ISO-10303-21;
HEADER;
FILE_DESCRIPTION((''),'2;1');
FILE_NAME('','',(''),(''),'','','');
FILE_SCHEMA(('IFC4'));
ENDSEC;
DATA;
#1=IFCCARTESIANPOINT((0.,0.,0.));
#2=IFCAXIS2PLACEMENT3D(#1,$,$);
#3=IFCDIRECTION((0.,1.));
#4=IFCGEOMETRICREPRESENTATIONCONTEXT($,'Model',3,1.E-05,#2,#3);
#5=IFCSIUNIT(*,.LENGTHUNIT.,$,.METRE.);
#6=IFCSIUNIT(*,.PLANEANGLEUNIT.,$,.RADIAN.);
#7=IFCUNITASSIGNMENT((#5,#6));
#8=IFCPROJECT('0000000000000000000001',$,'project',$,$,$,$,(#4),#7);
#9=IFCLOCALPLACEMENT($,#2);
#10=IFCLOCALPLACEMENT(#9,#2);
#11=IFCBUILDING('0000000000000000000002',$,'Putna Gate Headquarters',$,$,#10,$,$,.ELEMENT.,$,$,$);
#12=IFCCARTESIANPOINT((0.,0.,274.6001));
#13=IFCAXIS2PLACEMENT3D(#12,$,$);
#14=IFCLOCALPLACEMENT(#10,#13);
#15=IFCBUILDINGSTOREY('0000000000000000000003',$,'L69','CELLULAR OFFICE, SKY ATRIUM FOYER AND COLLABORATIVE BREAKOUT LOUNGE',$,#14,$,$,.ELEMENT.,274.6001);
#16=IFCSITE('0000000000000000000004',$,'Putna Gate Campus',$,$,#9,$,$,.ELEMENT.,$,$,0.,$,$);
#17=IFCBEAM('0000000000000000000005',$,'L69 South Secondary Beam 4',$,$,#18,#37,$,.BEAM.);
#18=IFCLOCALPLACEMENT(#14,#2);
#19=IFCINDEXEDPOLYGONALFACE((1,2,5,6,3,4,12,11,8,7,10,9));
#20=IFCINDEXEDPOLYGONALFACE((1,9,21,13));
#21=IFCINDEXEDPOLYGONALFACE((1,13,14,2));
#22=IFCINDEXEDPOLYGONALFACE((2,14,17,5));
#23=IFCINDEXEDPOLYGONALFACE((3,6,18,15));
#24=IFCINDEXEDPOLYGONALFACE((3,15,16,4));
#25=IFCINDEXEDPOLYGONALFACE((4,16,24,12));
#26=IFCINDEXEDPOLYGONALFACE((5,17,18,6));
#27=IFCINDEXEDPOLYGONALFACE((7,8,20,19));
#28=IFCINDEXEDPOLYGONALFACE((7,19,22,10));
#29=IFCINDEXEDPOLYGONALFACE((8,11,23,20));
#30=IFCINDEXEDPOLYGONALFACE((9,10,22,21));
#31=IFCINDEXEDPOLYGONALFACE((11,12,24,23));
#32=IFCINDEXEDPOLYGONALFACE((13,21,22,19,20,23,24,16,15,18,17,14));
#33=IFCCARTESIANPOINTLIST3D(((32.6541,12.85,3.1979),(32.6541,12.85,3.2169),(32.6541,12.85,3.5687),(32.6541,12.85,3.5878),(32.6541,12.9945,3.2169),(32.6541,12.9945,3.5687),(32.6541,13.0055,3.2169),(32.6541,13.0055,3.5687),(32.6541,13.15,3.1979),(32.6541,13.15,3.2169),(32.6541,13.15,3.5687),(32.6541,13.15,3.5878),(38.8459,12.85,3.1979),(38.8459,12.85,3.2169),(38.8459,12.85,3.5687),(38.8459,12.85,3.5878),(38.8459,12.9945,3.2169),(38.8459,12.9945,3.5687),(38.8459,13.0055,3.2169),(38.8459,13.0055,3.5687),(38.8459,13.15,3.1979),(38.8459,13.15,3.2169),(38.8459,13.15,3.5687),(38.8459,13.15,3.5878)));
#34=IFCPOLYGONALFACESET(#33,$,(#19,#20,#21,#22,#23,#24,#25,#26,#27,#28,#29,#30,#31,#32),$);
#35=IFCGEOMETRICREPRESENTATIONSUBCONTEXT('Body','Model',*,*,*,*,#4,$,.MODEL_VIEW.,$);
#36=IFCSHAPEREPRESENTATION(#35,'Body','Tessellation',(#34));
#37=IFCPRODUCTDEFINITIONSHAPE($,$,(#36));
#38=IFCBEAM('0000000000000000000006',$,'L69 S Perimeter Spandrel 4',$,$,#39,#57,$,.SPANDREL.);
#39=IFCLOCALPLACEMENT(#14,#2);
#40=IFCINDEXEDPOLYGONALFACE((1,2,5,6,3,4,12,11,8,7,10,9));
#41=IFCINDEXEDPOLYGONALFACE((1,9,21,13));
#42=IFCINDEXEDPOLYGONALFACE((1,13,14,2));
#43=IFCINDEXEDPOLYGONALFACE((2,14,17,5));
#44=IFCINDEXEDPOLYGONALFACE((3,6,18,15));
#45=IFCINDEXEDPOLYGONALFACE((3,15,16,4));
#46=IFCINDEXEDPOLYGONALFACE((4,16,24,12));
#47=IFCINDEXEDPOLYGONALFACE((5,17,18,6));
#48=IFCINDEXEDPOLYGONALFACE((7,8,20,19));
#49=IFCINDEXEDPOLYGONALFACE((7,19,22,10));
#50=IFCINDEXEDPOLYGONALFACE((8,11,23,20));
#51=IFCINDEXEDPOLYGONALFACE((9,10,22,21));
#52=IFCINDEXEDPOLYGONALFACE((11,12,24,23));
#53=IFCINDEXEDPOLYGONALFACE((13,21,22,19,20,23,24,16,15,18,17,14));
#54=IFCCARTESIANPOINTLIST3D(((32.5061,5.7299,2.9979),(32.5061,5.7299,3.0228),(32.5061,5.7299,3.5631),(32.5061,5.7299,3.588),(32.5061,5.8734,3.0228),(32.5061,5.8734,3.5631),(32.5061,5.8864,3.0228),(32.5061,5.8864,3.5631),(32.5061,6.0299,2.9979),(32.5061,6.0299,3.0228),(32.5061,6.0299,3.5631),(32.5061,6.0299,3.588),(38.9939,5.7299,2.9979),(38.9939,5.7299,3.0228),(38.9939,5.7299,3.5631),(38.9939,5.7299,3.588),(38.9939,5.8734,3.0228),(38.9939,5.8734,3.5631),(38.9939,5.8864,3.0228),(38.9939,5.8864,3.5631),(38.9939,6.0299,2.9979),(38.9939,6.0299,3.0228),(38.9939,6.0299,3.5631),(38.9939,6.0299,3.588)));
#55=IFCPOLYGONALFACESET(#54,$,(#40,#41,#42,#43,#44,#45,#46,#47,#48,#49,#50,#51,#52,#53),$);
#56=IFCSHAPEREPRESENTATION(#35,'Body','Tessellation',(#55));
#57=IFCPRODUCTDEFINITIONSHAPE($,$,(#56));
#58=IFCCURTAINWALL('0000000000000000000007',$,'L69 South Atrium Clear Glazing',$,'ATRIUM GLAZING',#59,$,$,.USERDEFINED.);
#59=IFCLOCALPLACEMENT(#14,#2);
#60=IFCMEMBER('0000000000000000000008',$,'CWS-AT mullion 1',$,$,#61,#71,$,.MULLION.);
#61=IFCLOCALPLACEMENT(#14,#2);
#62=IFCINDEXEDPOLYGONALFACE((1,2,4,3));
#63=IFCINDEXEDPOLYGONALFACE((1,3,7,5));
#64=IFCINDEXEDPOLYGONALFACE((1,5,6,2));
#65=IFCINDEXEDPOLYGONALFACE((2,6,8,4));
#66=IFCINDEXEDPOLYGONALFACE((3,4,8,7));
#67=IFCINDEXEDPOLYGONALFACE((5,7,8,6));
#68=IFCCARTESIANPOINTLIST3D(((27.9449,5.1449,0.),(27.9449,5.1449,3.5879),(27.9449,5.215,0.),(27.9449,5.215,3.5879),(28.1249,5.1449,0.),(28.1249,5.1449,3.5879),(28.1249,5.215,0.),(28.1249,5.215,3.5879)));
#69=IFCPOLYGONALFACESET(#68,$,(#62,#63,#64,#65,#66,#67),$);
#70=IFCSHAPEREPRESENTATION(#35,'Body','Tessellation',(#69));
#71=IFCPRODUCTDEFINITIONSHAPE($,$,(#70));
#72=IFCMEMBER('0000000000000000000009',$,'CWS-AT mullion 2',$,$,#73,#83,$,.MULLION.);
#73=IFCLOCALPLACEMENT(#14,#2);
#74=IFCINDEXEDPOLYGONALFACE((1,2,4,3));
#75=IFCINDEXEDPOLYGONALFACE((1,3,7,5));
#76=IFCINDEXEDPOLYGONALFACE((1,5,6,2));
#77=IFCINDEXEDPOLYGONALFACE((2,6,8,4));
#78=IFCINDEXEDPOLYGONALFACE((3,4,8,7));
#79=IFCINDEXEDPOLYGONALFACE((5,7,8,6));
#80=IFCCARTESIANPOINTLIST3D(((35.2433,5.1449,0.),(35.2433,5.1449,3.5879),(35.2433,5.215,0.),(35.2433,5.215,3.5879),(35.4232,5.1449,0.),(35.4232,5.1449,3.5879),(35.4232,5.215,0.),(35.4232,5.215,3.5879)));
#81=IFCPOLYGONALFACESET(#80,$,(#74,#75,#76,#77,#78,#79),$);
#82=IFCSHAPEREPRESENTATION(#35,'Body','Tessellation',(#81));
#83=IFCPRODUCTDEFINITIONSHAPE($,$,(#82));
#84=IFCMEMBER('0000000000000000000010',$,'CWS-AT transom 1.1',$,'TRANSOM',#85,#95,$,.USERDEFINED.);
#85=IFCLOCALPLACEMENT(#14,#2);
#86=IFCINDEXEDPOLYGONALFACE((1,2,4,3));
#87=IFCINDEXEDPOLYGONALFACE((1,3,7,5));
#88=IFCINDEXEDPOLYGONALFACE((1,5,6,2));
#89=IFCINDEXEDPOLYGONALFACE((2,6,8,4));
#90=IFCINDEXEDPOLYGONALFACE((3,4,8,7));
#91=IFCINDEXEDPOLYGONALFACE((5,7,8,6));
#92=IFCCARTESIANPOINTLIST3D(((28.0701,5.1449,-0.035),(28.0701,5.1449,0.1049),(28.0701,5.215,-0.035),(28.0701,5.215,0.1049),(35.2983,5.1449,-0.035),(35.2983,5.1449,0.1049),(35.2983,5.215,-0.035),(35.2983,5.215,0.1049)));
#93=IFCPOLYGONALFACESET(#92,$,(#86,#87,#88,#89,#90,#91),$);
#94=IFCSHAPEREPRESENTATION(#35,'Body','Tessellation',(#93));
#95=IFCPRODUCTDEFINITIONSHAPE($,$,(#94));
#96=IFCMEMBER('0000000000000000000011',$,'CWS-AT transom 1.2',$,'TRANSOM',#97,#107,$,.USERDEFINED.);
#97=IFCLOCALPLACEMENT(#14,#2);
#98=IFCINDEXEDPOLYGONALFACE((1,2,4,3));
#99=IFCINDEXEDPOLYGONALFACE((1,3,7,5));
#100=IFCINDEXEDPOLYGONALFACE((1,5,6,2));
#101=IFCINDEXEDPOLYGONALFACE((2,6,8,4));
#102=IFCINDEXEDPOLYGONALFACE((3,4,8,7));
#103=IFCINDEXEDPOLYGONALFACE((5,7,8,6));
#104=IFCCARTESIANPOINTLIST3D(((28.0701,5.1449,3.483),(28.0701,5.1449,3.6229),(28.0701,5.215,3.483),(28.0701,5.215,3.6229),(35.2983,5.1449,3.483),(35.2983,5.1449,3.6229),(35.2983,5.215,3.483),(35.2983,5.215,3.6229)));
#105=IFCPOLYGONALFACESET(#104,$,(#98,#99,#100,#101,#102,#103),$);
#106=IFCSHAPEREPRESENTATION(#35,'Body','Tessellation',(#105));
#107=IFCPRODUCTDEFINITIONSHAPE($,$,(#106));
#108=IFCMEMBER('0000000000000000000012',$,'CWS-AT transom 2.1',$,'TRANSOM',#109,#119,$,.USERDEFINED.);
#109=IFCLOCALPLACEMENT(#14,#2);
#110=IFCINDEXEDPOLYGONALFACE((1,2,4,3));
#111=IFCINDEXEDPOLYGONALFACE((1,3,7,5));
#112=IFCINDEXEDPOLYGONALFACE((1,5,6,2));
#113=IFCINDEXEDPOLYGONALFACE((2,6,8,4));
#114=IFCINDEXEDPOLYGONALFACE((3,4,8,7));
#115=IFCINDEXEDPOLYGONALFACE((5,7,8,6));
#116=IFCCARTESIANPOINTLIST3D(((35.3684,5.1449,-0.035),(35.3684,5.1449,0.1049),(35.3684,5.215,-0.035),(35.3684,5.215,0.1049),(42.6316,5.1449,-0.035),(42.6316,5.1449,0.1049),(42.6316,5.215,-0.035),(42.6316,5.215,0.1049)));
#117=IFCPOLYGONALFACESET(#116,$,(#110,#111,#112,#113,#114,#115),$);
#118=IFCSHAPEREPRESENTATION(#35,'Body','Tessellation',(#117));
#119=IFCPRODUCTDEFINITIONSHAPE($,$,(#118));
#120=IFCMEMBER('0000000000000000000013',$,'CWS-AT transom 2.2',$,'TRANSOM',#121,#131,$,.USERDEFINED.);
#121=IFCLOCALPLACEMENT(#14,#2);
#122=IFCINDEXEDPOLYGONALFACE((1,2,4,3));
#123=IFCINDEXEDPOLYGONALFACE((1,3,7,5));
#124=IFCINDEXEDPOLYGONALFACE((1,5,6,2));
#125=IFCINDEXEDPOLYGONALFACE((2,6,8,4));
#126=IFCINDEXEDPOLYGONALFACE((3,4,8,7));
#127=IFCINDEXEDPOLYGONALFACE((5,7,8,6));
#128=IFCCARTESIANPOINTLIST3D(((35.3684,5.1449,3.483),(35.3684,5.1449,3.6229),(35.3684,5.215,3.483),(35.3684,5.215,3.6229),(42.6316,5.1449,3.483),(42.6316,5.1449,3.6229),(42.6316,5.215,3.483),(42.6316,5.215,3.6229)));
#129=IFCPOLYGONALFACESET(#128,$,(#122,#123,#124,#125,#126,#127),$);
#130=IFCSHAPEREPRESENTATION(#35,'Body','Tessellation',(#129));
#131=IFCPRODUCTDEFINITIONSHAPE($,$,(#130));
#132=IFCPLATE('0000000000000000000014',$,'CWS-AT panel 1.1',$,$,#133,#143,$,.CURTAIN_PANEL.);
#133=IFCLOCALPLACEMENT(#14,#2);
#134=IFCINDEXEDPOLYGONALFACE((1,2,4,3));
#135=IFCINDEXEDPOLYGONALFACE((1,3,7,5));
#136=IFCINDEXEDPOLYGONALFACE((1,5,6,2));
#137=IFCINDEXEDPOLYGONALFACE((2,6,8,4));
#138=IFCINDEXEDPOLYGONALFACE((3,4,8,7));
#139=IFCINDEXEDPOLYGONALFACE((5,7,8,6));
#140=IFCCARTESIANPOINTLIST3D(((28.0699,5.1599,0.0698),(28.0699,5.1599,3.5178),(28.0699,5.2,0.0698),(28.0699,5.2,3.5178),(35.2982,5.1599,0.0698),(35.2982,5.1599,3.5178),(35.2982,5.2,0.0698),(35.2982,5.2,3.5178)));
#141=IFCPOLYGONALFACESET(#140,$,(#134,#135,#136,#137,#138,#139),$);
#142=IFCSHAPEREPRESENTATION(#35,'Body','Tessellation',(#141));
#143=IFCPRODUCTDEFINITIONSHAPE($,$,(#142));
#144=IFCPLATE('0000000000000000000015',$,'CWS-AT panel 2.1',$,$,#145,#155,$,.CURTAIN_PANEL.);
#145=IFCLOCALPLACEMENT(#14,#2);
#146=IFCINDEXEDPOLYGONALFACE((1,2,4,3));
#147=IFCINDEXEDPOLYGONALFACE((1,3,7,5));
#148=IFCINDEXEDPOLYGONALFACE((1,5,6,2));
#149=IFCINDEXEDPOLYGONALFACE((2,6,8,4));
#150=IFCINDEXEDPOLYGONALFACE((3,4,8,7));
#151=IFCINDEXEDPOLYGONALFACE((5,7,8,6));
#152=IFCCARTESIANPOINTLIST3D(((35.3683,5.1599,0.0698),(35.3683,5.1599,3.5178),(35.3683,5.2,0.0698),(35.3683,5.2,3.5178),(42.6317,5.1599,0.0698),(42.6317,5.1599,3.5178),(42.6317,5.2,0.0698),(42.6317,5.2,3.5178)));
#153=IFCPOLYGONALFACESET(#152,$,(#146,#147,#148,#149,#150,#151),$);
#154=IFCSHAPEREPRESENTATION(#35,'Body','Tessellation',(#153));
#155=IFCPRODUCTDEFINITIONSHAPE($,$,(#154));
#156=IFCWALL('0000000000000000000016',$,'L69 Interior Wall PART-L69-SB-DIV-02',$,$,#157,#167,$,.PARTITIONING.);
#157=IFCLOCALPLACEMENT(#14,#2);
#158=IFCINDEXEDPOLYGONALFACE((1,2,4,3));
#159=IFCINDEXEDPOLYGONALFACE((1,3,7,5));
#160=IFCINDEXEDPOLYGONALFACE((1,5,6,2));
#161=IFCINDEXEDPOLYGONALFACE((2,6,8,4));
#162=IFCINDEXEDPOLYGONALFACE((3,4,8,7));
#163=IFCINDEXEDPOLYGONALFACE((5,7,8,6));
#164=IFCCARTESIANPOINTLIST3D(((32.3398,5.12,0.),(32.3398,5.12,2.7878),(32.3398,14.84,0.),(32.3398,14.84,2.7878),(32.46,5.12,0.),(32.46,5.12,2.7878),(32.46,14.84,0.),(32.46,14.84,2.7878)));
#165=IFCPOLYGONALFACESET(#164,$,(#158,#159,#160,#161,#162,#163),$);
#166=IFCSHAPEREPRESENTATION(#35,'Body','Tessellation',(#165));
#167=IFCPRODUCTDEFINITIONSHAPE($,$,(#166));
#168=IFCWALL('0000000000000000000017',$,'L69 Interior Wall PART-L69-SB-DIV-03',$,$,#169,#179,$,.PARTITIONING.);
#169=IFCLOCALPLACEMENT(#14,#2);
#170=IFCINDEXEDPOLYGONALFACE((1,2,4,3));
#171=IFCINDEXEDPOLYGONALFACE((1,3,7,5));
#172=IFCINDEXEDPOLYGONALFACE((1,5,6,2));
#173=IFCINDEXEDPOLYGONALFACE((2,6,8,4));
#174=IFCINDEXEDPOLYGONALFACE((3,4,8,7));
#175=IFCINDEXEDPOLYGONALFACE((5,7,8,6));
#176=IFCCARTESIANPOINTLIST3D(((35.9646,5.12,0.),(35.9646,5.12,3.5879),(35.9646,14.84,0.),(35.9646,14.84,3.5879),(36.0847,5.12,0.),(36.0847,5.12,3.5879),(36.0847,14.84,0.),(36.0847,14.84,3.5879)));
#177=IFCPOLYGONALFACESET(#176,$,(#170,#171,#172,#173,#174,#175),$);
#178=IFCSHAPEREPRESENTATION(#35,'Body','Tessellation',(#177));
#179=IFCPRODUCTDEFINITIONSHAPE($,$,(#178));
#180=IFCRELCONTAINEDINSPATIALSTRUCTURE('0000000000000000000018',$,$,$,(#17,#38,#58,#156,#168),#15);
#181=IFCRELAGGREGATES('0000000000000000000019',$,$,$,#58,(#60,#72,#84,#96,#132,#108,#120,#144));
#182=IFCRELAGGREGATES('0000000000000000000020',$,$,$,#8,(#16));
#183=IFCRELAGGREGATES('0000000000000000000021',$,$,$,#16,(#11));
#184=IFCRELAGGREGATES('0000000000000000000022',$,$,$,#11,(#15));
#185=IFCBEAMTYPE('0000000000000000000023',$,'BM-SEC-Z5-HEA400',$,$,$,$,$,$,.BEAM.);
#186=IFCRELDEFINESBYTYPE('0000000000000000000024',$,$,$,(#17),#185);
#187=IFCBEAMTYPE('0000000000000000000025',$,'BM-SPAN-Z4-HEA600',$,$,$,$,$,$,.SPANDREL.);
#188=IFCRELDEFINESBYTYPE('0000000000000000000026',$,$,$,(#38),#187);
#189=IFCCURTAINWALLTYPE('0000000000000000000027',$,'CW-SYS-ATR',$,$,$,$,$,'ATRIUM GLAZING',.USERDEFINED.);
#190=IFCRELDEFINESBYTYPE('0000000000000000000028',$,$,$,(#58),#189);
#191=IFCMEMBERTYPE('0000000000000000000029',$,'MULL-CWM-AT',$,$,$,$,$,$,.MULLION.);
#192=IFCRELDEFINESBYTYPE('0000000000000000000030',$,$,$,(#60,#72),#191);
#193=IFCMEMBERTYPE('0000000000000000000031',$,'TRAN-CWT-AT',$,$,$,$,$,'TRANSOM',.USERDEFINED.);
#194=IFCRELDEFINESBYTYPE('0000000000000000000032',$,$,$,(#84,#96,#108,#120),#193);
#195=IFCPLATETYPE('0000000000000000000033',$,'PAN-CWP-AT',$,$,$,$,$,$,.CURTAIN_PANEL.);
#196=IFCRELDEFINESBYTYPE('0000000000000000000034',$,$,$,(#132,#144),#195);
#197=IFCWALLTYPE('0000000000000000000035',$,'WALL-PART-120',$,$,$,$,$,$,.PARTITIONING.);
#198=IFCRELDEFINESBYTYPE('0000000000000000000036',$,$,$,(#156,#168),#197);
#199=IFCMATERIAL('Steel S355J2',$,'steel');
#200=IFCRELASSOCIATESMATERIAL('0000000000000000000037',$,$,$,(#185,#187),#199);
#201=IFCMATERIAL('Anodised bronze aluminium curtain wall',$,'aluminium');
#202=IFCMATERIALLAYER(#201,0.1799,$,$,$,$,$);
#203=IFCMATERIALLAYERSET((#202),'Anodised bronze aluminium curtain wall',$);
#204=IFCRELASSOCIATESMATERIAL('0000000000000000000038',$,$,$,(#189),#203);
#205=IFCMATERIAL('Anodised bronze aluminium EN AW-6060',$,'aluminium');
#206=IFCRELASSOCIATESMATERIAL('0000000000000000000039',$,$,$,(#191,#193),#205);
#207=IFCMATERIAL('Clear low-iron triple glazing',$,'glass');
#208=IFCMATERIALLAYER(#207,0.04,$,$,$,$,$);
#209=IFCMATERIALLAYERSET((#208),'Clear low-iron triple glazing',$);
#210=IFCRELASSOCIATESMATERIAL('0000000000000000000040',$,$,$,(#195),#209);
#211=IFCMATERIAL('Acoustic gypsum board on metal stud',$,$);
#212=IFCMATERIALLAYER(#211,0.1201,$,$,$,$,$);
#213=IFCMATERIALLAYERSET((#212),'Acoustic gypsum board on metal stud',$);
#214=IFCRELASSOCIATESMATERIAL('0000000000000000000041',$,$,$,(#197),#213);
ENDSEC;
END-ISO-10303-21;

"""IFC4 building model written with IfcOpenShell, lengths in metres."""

from ifc_helpers import new_model, si_unit, direction, frame, frame_2d, origin, origin_2d, place, context, subcontext, project, spatial, rectangle, i_section, extrude, material, layer, layer_set, material_profile, profile_set, type_object, element, aggregate, save


model = new_model("IFC4")

# Units and contexts
model_context = context("Model", 3, precision=1e-05, world=origin(), true_north=direction((0.0, 1.0)))
body_context = subcontext(model_context, "Body", "Model", "MODEL_VIEW")
ifc_project = project(units=[si_unit("LENGTHUNIT", "METRE"), si_unit("PLANEANGLEUNIT", "RADIAN")], contexts=[model_context])

# Site, building, storey
site_placement = place(None, origin())
site = spatial("IfcSite", under=ifc_project, at=site_placement, Name="Putna Gate Campus", CompositionType="ELEMENT", RefElevation=0.0)
building_placement = place(site_placement, origin())
building = spatial("IfcBuilding", under=site, at=building_placement, Name="Putna Gate Headquarters", CompositionType="ELEMENT")
storey_placement = place(building_placement, frame((0.0, 0.0, 274.6001)))
storey = spatial("IfcBuildingStorey", under=building, at=storey_placement, Name="L69", Description="CELLULAR OFFICE, SKY ATRIUM FOYER AND COLLABORATIVE BREAKOUT LOUNGE", CompositionType="ELEMENT", Elevation=274.6001)

# Beams
ifc_material_1 = material(Name="Steel S355J2", Category="steel")
ifc_material_profile_1 = material_profile(ifc_material_1, i_section(OverallWidth=0.3, OverallDepth=0.3899, WebThickness=0.011, FlangeThickness=0.019, at=origin_2d()), Name="Steel S355J2")
ifc_profile_set_1 = profile_set([ifc_material_profile_1], Name="Steel S355J2")
beam_type_1 = type_object("IfcBeamType", Name="BM-SEC-Z5-HEA400", PredefinedType="BEAM", material=ifc_profile_set_1)
beam_1_placement = place(storey_placement, frame((32.6541, 13.0, 3.3928), z_axis=(1.0, 0.0, 0.0), x_axis=(0.0, 1.0, 0.0)))
element("IfcBeam", 1, at=beam_1_placement, inside=storey, type_object=beam_type_1, Name="L69 South Secondary Beam 4", PredefinedType="BEAM", context=body_context, shape_type="SweptSolid", body=[
    extrude(i_section(OverallWidth=0.3, OverallDepth=0.3899, WebThickness=0.011, FlangeThickness=0.019, at=origin_2d()), origin(), (0.0, 0.0, 1.0), 6.1919),
])
ifc_material_profile_2 = material_profile(ifc_material_1, i_section(OverallWidth=0.3, OverallDepth=0.5901, WebThickness=0.0129, FlangeThickness=0.0249, at=origin_2d()), Name="Steel S355J2")
ifc_profile_set_2 = profile_set([ifc_material_profile_2], Name="Steel S355J2")
beam_type_2 = type_object("IfcBeamType", Name="BM-SPAN-Z4-HEA600", PredefinedType="SPANDREL", material=ifc_profile_set_2)
beam_2_placement = place(storey_placement, frame((32.5061, 5.8799, 3.293), z_axis=(1.0, 0.0, 0.0), x_axis=(0.0, 1.0, 0.0)))
element("IfcBeam", 2, at=beam_2_placement, inside=storey, type_object=beam_type_2, Name="L69 S Perimeter Spandrel 4", PredefinedType="SPANDREL", context=body_context, shape_type="SweptSolid", body=[
    extrude(i_section(OverallWidth=0.3, OverallDepth=0.5901, WebThickness=0.0129, FlangeThickness=0.0249, at=origin_2d()), origin(), (0.0, 0.0, 1.0), 6.4878),
])

# Curtain wall, members, plates
ifc_material_2 = material(Name="Anodised bronze aluminium curtain wall", Category="aluminium")
ifc_layer_1 = layer(ifc_material_2, 0.1799)
ifc_layer_set_1 = layer_set([ifc_layer_1], Name="Anodised bronze aluminium curtain wall")
curtain_wall_type = type_object("IfcCurtainWallType", Name="CW-SYS-ATR", ElementType="ATRIUM GLAZING", PredefinedType="USERDEFINED", material=ifc_layer_set_1)
curtain_wall_placement = place(storey_placement, origin())
curtain_wall = element("IfcCurtainWall", 3, at=curtain_wall_placement, inside=storey, type_object=curtain_wall_type, Name="L69 South Atrium Clear Glazing", ObjectType="ATRIUM GLAZING", PredefinedType="USERDEFINED")
ifc_material_3 = material(Name="Anodised bronze aluminium EN AW-6060", Category="aluminium")
ifc_material_profile_3 = material_profile(ifc_material_3, rectangle(XDim=0.0701, YDim=0.1799, at=origin_2d()), Name="Anodised bronze aluminium EN AW-6060")
ifc_profile_set_3 = profile_set([ifc_material_profile_3], Name="Anodised bronze aluminium EN AW-6060")
member_type_1 = type_object("IfcMemberType", Name="MULL-CWM-AT", PredefinedType="MULLION", material=ifc_profile_set_3)
member_1_placement = place(storey_placement, frame((28.0349, 5.1799, 0.0), z_axis=(0.0, 0.0, 1.0), x_axis=(0.0, 1.0, 0.0)))
member_1 = element("IfcMember", 4, at=member_1_placement, type_object=member_type_1, Name="CWS-AT mullion 1", PredefinedType="MULLION", context=body_context, shape_type="SweptSolid", body=[
    extrude(rectangle(XDim=0.0701, YDim=0.1799, at=origin_2d()), origin(), (0.0, 0.0, 1.0), 3.5879),
])
member_2_placement = place(storey_placement, frame((35.3333, 5.1799, 0.0), z_axis=(0.0, 0.0, 1.0), x_axis=(0.0, 1.0, 0.0)))
member_2 = element("IfcMember", 5, at=member_2_placement, type_object=member_type_1, Name="CWS-AT mullion 2", PredefinedType="MULLION", context=body_context, shape_type="SweptSolid", body=[
    extrude(rectangle(XDim=0.0701, YDim=0.1799, at=origin_2d()), origin(), (0.0, 0.0, 1.0), 3.5879),
])
ifc_material_profile_4 = material_profile(ifc_material_3, rectangle(XDim=0.0701, YDim=0.1399, at=origin_2d()), Name="Anodised bronze aluminium EN AW-6060")
ifc_profile_set_4 = profile_set([ifc_material_profile_4], Name="Anodised bronze aluminium EN AW-6060")
member_type_2 = type_object("IfcMemberType", Name="TRAN-CWT-AT", ElementType="TRANSOM", PredefinedType="USERDEFINED", material=ifc_profile_set_4)
member_3_placement = place(storey_placement, frame((28.0701, 5.1799, 0.0349), z_axis=(1.0, 0.0, 0.0), x_axis=(0.0, 1.0, 0.0)))
member_3 = element("IfcMember", 6, at=member_3_placement, type_object=member_type_2, Name="CWS-AT transom 1.1", ObjectType="TRANSOM", PredefinedType="USERDEFINED", context=body_context, shape_type="SweptSolid", body=[
    extrude(rectangle(XDim=0.0701, YDim=0.1399, at=origin_2d()), origin(), (0.0, 0.0, 1.0), 7.2283),
])
member_4_placement = place(storey_placement, frame((28.0701, 5.1799, 3.553), z_axis=(1.0, 0.0, 0.0), x_axis=(0.0, 1.0, 0.0)))
member_4 = element("IfcMember", 7, at=member_4_placement, type_object=member_type_2, Name="CWS-AT transom 1.2", ObjectType="TRANSOM", PredefinedType="USERDEFINED", context=body_context, shape_type="SweptSolid", body=[
    extrude(rectangle(XDim=0.0701, YDim=0.1399, at=origin_2d()), origin(), (0.0, 0.0, 1.0), 7.2283),
])
member_5_placement = place(storey_placement, frame((35.3684, 5.1799, 0.0349), z_axis=(1.0, 0.0, 0.0), x_axis=(0.0, 1.0, 0.0)))
member_5 = element("IfcMember", 8, at=member_5_placement, type_object=member_type_2, Name="CWS-AT transom 2.1", ObjectType="TRANSOM", PredefinedType="USERDEFINED", context=body_context, shape_type="SweptSolid", body=[
    extrude(rectangle(XDim=0.0701, YDim=0.1399, at=origin_2d()), origin(), (0.0, 0.0, 1.0), 7.2632),
])
member_6_placement = place(storey_placement, frame((35.3684, 5.1799, 3.553), z_axis=(1.0, 0.0, 0.0), x_axis=(0.0, 1.0, 0.0)))
member_6 = element("IfcMember", 9, at=member_6_placement, type_object=member_type_2, Name="CWS-AT transom 2.2", ObjectType="TRANSOM", PredefinedType="USERDEFINED", context=body_context, shape_type="SweptSolid", body=[
    extrude(rectangle(XDim=0.0701, YDim=0.1399, at=origin_2d()), origin(), (0.0, 0.0, 1.0), 7.2632),
])
ifc_material_4 = material(Name="Clear low-iron triple glazing", Category="glass")
ifc_layer_2 = layer(ifc_material_4, 0.04)
ifc_layer_set_2 = layer_set([ifc_layer_2], Name="Clear low-iron triple glazing")
plate_type = type_object("IfcPlateType", Name="PAN-CWP-AT", PredefinedType="CURTAIN_PANEL", material=ifc_layer_set_2)
plate_1_placement = place(storey_placement, frame((31.6841, 5.1799, 0.0698), z_axis=(0.0, 0.0, 1.0), x_axis=(1.0, 0.0, 0.0)))
plate_1 = element("IfcPlate", 10, at=plate_1_placement, type_object=plate_type, Name="CWS-AT panel 1.1", PredefinedType="CURTAIN_PANEL", context=body_context, shape_type="SweptSolid", body=[
    extrude(rectangle(XDim=7.2283, YDim=0.04, at=origin_2d()), origin(), (0.0, 0.0, 1.0), 3.448),
])
plate_2_placement = place(storey_placement, frame((39.0, 5.1799, 0.0698), z_axis=(0.0, 0.0, 1.0), x_axis=(1.0, 0.0, 0.0)))
plate_2 = element("IfcPlate", 11, at=plate_2_placement, type_object=plate_type, Name="CWS-AT panel 2.1", PredefinedType="CURTAIN_PANEL", context=body_context, shape_type="SweptSolid", body=[
    extrude(rectangle(XDim=7.2634, YDim=0.04, at=origin_2d()), origin(), (0.0, 0.0, 1.0), 3.448),
])
aggregate(curtain_wall, [member_1, member_2, member_3, member_4, plate_1, member_5, member_6, plate_2])

# Walls
ifc_material_5 = material(Name="Acoustic gypsum board on metal stud")
ifc_layer_3 = layer(ifc_material_5, 0.1201)
ifc_layer_set_3 = layer_set([ifc_layer_3], Name="Acoustic gypsum board on metal stud")
wall_type_1 = type_object("IfcWallType", Name="WALL-PART-120", PredefinedType="PARTITIONING", material=ifc_layer_set_3)
wall_1_placement = place(storey_placement, frame((32.3999, 5.1201, 0.0), z_axis=(0.0, 0.0, 1.0), x_axis=(0.0, 1.0, 0.0)))
element("IfcWall", 12, at=wall_1_placement, inside=storey, type_object=wall_type_1, Name="L69 Interior Wall PART-L69-SB-DIV-02", PredefinedType="PARTITIONING", context=body_context, shape_type="SweptSolid", body=[
    extrude(rectangle(XDim=9.72, YDim=0.1201, at=frame_2d((4.8599, 0.0))), origin(), (0.0, 0.0, 1.0), 2.7878),
])
wall_2_placement = place(storey_placement, frame((36.0247, 5.1201, 0.0), z_axis=(0.0, 0.0, 1.0), x_axis=(0.0, 1.0, 0.0)))
element("IfcWall", 13, at=wall_2_placement, inside=storey, type_object=wall_type_1, Name="L69 Interior Wall PART-L69-SB-DIV-03", PredefinedType="PARTITIONING", context=body_context, shape_type="SweptSolid", body=[
    extrude(rectangle(XDim=9.72, YDim=0.1201, at=frame_2d((4.8599, 0.0))), origin(), (0.0, 0.0, 1.0), 3.5879),
])

save(model, "model.ifc")
